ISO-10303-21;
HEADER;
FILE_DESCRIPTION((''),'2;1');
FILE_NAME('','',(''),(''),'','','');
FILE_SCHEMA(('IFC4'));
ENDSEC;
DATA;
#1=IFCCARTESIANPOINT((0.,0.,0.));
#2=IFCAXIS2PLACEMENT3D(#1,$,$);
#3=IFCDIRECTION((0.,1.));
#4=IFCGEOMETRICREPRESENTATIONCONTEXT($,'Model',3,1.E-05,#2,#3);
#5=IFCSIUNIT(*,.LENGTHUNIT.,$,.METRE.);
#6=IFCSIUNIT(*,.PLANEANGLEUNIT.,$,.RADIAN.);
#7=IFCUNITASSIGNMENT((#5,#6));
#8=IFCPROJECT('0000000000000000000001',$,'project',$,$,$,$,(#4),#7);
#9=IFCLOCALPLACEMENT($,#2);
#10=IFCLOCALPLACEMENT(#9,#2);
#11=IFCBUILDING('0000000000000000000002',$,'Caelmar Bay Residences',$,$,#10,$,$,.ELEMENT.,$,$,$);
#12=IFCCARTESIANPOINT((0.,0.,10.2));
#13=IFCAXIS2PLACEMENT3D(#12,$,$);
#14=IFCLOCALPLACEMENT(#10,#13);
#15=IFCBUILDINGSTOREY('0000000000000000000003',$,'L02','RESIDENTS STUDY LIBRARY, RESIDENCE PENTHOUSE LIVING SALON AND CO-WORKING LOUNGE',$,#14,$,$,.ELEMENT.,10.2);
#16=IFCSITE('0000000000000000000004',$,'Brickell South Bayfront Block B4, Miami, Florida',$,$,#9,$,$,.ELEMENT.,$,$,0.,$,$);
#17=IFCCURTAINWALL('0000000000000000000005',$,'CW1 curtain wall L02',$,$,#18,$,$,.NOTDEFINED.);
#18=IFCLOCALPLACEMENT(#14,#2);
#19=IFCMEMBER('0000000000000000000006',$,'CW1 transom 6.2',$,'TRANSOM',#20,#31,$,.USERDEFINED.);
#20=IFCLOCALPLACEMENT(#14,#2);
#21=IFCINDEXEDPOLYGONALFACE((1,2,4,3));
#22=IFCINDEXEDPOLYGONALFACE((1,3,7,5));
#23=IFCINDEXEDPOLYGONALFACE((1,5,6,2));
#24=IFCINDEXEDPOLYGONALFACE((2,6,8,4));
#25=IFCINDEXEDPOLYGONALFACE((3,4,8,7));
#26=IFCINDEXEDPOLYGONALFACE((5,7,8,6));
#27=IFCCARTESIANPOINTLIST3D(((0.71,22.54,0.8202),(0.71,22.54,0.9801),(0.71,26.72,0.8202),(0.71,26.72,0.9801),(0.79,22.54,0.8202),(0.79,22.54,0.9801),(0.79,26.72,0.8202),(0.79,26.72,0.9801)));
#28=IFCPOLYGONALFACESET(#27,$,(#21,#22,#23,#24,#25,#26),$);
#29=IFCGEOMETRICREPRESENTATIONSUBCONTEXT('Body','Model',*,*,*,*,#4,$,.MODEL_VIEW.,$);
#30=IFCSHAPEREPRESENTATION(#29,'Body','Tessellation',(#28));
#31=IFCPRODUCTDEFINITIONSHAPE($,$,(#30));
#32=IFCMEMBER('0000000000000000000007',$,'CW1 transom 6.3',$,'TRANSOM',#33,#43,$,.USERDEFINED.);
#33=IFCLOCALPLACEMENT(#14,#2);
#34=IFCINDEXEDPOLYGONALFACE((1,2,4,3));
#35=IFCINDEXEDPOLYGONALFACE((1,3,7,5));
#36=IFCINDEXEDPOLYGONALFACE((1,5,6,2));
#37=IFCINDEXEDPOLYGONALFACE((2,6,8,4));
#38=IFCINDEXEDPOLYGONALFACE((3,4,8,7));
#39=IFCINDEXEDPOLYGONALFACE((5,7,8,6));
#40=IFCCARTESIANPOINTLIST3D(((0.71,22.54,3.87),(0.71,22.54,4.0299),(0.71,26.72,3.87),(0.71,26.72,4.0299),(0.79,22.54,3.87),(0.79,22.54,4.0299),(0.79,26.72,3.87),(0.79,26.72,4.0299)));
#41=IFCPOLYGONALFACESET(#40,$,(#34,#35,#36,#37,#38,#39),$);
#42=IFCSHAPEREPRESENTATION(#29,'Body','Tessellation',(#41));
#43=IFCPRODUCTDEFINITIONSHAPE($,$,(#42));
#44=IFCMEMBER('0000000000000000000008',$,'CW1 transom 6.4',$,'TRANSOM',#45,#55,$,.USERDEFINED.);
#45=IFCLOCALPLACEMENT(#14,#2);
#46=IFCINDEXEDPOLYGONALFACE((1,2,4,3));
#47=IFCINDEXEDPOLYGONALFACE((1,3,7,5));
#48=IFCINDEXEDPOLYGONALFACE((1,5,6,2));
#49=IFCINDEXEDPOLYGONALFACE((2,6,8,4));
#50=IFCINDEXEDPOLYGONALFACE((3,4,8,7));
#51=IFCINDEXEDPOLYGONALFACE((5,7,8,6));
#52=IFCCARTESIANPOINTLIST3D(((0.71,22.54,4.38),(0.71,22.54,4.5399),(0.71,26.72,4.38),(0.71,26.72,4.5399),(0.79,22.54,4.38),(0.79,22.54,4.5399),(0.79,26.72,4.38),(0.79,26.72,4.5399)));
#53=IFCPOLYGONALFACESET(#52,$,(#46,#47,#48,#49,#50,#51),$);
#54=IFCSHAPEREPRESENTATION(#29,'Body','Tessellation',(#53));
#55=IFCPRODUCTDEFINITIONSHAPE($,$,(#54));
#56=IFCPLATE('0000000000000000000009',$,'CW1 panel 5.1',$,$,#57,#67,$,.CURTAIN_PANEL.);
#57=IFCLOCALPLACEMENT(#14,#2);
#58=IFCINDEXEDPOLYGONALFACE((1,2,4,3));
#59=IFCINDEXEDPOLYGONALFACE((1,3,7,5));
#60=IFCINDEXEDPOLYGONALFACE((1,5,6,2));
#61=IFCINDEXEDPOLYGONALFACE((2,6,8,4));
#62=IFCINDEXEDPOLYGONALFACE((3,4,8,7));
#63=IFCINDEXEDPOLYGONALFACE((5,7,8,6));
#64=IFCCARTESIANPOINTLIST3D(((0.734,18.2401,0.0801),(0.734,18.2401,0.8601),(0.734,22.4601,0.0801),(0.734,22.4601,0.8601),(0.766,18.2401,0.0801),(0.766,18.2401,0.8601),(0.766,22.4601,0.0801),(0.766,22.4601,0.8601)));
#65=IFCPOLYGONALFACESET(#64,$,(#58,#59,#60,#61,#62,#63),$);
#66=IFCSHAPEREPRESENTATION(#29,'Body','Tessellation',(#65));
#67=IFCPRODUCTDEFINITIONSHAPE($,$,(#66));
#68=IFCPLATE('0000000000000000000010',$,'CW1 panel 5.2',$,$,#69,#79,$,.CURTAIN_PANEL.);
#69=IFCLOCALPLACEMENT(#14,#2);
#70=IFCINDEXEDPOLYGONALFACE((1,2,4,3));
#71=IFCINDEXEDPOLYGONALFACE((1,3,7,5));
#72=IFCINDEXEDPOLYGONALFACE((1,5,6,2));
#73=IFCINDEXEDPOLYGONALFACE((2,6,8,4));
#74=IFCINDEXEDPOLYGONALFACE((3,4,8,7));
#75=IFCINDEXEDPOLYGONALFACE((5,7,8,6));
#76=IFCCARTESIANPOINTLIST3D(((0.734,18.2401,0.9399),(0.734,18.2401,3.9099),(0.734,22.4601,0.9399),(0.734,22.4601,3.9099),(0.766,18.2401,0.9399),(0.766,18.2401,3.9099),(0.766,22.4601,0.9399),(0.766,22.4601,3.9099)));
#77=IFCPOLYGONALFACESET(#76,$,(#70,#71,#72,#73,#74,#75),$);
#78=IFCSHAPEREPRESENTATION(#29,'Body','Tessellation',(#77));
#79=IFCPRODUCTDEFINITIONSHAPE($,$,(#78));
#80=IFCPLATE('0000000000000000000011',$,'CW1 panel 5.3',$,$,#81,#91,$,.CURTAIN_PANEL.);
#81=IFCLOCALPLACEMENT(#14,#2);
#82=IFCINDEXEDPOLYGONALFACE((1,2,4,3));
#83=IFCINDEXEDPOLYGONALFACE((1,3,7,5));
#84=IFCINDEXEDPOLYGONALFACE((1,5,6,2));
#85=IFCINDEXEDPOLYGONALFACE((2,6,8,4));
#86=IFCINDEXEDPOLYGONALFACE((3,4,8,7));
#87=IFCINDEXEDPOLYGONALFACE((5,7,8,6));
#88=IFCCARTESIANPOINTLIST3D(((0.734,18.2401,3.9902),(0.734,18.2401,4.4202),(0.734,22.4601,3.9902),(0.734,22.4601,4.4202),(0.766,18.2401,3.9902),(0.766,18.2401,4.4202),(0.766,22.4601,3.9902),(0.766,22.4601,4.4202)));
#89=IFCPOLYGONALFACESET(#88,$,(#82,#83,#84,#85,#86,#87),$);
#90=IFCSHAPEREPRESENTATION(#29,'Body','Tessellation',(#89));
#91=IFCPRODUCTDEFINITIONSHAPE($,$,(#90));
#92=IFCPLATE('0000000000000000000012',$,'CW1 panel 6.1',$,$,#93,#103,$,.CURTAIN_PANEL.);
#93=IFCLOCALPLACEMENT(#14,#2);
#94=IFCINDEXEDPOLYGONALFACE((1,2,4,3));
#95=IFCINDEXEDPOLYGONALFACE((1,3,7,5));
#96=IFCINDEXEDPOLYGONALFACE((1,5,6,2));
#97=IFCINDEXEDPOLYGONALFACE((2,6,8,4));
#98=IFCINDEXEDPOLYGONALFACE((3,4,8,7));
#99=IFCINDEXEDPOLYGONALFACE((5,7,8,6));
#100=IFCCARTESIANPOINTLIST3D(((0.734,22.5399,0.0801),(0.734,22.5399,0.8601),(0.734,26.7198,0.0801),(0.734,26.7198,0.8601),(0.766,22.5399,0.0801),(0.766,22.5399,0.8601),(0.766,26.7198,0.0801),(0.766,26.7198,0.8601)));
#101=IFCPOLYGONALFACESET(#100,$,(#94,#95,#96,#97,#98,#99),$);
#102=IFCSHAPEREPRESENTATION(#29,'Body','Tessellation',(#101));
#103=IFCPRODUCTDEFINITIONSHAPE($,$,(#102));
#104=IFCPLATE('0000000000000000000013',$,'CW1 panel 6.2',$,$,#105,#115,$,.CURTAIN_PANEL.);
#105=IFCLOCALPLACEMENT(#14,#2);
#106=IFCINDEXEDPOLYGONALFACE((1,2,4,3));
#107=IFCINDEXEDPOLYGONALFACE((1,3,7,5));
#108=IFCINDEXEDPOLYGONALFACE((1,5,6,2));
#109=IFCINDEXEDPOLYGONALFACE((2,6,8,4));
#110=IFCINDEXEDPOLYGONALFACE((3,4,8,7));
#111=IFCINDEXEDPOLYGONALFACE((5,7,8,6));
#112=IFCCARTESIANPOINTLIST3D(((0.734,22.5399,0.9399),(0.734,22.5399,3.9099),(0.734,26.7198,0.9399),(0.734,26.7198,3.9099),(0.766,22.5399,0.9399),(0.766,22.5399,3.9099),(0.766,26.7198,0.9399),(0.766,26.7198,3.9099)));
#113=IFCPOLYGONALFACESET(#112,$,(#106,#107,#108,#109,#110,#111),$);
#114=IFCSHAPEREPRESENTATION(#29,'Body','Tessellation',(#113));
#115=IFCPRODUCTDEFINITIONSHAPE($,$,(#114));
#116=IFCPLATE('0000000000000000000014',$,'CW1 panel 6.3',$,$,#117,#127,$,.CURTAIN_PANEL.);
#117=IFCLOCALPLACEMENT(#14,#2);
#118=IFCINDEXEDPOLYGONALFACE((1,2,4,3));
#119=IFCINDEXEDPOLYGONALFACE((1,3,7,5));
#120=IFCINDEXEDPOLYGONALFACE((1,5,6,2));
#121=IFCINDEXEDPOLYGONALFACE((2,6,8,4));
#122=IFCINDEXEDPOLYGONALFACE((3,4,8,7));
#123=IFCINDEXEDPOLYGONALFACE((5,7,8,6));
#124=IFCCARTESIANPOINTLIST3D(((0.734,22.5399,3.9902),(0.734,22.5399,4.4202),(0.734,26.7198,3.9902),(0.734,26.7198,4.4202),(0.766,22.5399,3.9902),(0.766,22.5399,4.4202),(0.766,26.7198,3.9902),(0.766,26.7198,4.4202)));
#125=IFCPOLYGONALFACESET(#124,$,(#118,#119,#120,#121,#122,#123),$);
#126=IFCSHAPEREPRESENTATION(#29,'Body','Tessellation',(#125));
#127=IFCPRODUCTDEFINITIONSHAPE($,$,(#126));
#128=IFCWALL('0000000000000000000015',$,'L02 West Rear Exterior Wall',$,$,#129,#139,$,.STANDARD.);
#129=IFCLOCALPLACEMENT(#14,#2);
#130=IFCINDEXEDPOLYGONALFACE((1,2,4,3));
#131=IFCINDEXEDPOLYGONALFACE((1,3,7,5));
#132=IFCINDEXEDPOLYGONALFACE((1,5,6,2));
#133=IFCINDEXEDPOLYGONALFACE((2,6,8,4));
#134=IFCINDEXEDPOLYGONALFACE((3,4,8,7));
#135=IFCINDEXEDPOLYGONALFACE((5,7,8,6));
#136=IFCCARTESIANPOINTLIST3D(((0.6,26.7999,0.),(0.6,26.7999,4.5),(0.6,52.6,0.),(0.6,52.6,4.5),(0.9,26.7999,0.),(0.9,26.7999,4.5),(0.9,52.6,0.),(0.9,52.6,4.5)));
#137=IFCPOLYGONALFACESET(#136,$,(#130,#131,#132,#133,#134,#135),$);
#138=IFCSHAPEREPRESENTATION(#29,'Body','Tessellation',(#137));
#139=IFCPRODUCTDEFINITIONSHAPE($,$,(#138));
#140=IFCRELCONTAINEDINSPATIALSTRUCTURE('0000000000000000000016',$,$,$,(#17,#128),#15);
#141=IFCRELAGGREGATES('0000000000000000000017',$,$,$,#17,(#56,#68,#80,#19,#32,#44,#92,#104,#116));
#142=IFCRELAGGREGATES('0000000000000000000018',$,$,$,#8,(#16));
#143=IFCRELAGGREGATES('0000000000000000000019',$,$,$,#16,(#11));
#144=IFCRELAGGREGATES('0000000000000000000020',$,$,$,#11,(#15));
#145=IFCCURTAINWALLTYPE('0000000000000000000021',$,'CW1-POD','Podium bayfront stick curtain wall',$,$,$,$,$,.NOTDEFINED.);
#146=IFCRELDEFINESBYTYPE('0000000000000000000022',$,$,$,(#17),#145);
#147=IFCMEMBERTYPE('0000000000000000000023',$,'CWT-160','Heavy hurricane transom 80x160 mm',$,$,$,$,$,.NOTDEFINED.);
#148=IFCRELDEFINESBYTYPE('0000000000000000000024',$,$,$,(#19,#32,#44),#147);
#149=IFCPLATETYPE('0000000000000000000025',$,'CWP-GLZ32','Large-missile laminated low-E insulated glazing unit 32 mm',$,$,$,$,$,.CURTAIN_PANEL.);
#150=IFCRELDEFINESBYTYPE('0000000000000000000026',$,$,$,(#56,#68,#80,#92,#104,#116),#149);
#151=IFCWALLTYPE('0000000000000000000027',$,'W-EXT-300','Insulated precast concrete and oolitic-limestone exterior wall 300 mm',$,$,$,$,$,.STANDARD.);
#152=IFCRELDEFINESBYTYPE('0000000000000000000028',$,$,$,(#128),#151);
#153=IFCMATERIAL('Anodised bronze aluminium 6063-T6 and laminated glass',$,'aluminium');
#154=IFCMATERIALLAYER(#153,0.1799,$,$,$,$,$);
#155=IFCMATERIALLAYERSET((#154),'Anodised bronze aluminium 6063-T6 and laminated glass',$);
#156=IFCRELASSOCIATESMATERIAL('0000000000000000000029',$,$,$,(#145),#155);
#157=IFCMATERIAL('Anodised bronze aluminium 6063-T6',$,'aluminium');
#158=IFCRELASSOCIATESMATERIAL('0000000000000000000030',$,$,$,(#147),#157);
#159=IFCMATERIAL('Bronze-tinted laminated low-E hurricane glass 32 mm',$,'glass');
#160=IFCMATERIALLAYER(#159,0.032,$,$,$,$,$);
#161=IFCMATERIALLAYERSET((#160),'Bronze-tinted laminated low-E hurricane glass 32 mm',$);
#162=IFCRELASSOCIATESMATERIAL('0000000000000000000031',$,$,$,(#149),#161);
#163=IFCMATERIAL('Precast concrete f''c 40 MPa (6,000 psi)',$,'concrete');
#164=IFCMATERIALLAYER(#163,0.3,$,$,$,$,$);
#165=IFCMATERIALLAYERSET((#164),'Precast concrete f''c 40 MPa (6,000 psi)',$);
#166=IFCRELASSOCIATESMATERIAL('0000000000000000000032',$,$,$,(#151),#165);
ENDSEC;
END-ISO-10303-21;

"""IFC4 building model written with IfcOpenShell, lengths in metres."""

from ifc_helpers import new_model, si_unit, direction, frame, frame_2d, origin, origin_2d, place, context, subcontext, project, spatial, rectangle, extrude, material, layer, layer_set, material_profile, profile_set, type_object, element, aggregate, save


model = new_model("IFC4")

# Units and contexts
model_context = context("Model", 3, precision=1e-05, world=origin(), true_north=direction((0.0, 1.0)))
body_context = subcontext(model_context, "Body", "Model", "MODEL_VIEW")
ifc_project = project(units=[si_unit("LENGTHUNIT", "METRE"), si_unit("PLANEANGLEUNIT", "RADIAN")], contexts=[model_context])

# Site, building, storey
site_placement = place(None, origin())
site = spatial("IfcSite", under=ifc_project, at=site_placement, Name="Brickell South Bayfront Block B4, Miami, Florida", CompositionType="ELEMENT", RefElevation=0.0)
building_placement = place(site_placement, origin())
building = spatial("IfcBuilding", under=site, at=building_placement, Name="Caelmar Bay Residences", CompositionType="ELEMENT")
storey_placement = place(building_placement, frame((0.0, 0.0, 10.2)))
storey = spatial("IfcBuildingStorey", under=building, at=storey_placement, Name="L02", Description="RESIDENTS STUDY LIBRARY, RESIDENCE PENTHOUSE LIVING SALON AND CO-WORKING LOUNGE", CompositionType="ELEMENT", Elevation=10.2)

# Curtain wall, members, plates
ifc_material_1 = material(Name="Anodised bronze aluminium 6063-T6 and laminated glass", Category="aluminium")
ifc_layer_1 = layer(ifc_material_1, 0.1799)
ifc_layer_set_1 = layer_set([ifc_layer_1], Name="Anodised bronze aluminium 6063-T6 and laminated glass")
curtain_wall_type = type_object("IfcCurtainWallType", Name="CW1-POD", Description="Podium bayfront stick curtain wall", PredefinedType="NOTDEFINED", material=ifc_layer_set_1)
curtain_wall_placement = place(storey_placement, origin())
curtain_wall = element("IfcCurtainWall", 1, at=curtain_wall_placement, inside=storey, type_object=curtain_wall_type, Name="CW1 curtain wall L02", PredefinedType="NOTDEFINED")
ifc_material_2 = material(Name="Anodised bronze aluminium 6063-T6", Category="aluminium")
ifc_material_profile_1 = material_profile(ifc_material_2, rectangle(XDim=0.0801, YDim=0.1599, at=origin_2d()), Name="CWT-80X160")
ifc_profile_set_1 = profile_set([ifc_material_profile_1], Name="Anodised bronze aluminium 6063-T6")
member_type_1 = type_object("IfcMemberType", Name="CWT-160", Description="Heavy hurricane transom 80x160 mm", PredefinedType="NOTDEFINED", material=ifc_profile_set_1)
member_1_placement = place(storey_placement, frame((0.75, 22.54, 0.9001), z_axis=(0.0, 1.0, 0.0), x_axis=(-1.0, 0.0, 0.0)))
member_1 = element("IfcMember", 2, at=member_1_placement, type_object=member_type_1, Name="CW1 transom 6.2", ObjectType="TRANSOM", PredefinedType="USERDEFINED", context=body_context, shape_type="SweptSolid", body=[
    extrude(rectangle(XDim=0.0801, YDim=0.1599, at=origin_2d()), origin(), (0.0, 0.0, 1.0), 4.1799),
])
member_2_placement = place(storey_placement, frame((0.75, 22.54, 3.95), z_axis=(0.0, 1.0, 0.0), x_axis=(-1.0, 0.0, 0.0)))
member_2 = element("IfcMember", 3, at=member_2_placement, type_object=member_type_1, Name="CW1 transom 6.3", ObjectType="TRANSOM", PredefinedType="USERDEFINED", context=body_context, shape_type="SweptSolid", body=[
    extrude(rectangle(XDim=0.0801, YDim=0.1599, at=origin_2d()), origin(), (0.0, 0.0, 1.0), 4.1799),
])
member_3_placement = place(storey_placement, frame((0.75, 22.54, 4.46), z_axis=(0.0, 1.0, 0.0), x_axis=(-1.0, 0.0, 0.0)))
member_3 = element("IfcMember", 4, at=member_3_placement, type_object=member_type_1, Name="CW1 transom 6.4", ObjectType="TRANSOM", PredefinedType="USERDEFINED", context=body_context, shape_type="SweptSolid", body=[
    extrude(rectangle(XDim=0.0801, YDim=0.1599, at=origin_2d()), origin(), (0.0, 0.0, 1.0), 4.1799),
])
ifc_material_3 = material(Name="Bronze-tinted laminated low-E hurricane glass 32 mm", Category="glass")
ifc_layer_2 = layer(ifc_material_3, 0.032)
ifc_layer_set_2 = layer_set([ifc_layer_2], Name="Bronze-tinted laminated low-E hurricane glass 32 mm")
plate_type = type_object("IfcPlateType", Name="CWP-GLZ32", Description="Large-missile laminated low-E insulated glazing unit 32 mm", PredefinedType="CURTAIN_PANEL", material=ifc_layer_set_2)
plate_1_placement = place(storey_placement, frame((0.75, 20.3501, 0.0801), z_axis=(0.0, 0.0, 1.0), x_axis=(0.0, 1.0, 0.0)))
plate_1 = element("IfcPlate", 5, at=plate_1_placement, type_object=plate_type, Name="CW1 panel 5.1", PredefinedType="CURTAIN_PANEL", context=body_context, shape_type="SweptSolid", body=[
    extrude(rectangle(XDim=4.22, YDim=0.032, at=origin_2d()), origin(), (0.0, 0.0, 1.0), 0.78),
])
plate_2_placement = place(storey_placement, frame((0.75, 20.3501, 0.9399), z_axis=(0.0, 0.0, 1.0), x_axis=(0.0, 1.0, 0.0)))
plate_2 = element("IfcPlate", 6, at=plate_2_placement, type_object=plate_type, Name="CW1 panel 5.2", PredefinedType="CURTAIN_PANEL", context=body_context, shape_type="SweptSolid", body=[
    extrude(rectangle(XDim=4.22, YDim=0.032, at=origin_2d()), origin(), (0.0, 0.0, 1.0), 2.97),
])
plate_3_placement = place(storey_placement, frame((0.75, 20.3501, 3.9902), z_axis=(0.0, 0.0, 1.0), x_axis=(0.0, 1.0, 0.0)))
plate_3 = element("IfcPlate", 7, at=plate_3_placement, type_object=plate_type, Name="CW1 panel 5.3", PredefinedType="CURTAIN_PANEL", context=body_context, shape_type="SweptSolid", body=[
    extrude(rectangle(XDim=4.22, YDim=0.032, at=origin_2d()), origin(), (0.0, 0.0, 1.0), 0.4299),
])
plate_4_placement = place(storey_placement, frame((0.75, 24.6299, 0.0801), z_axis=(0.0, 0.0, 1.0), x_axis=(0.0, 1.0, 0.0)))
plate_4 = element("IfcPlate", 8, at=plate_4_placement, type_object=plate_type, Name="CW1 panel 6.1", PredefinedType="CURTAIN_PANEL", context=body_context, shape_type="SweptSolid", body=[
    extrude(rectangle(XDim=4.1799, YDim=0.032, at=origin_2d()), origin(), (0.0, 0.0, 1.0), 0.78),
])
plate_5_placement = place(storey_placement, frame((0.75, 24.6299, 0.9399), z_axis=(0.0, 0.0, 1.0), x_axis=(0.0, 1.0, 0.0)))
plate_5 = element("IfcPlate", 9, at=plate_5_placement, type_object=plate_type, Name="CW1 panel 6.2", PredefinedType="CURTAIN_PANEL", context=body_context, shape_type="SweptSolid", body=[
    extrude(rectangle(XDim=4.1799, YDim=0.032, at=origin_2d()), origin(), (0.0, 0.0, 1.0), 2.97),
])
plate_6_placement = place(storey_placement, frame((0.75, 24.6299, 3.9902), z_axis=(0.0, 0.0, 1.0), x_axis=(0.0, 1.0, 0.0)))
plate_6 = element("IfcPlate", 10, at=plate_6_placement, type_object=plate_type, Name="CW1 panel 6.3", PredefinedType="CURTAIN_PANEL", context=body_context, shape_type="SweptSolid", body=[
    extrude(rectangle(XDim=4.1799, YDim=0.032, at=origin_2d()), origin(), (0.0, 0.0, 1.0), 0.4299),
])
aggregate(curtain_wall, [plate_1, plate_2, plate_3, member_1, member_2, member_3, plate_4, plate_5, plate_6])

# Wall
ifc_material_4 = material(Name="Precast concrete f'c 40 MPa (6,000 psi)", Category="concrete")
ifc_layer_3 = layer(ifc_material_4, 0.3)
ifc_layer_set_3 = layer_set([ifc_layer_3], Name="Precast concrete f'c 40 MPa (6,000 psi)")
wall_type = type_object("IfcWallType", Name="W-EXT-300", Description="Insulated precast concrete and oolitic-limestone exterior wall 300 mm", PredefinedType="STANDARD", material=ifc_layer_set_3)
wall_placement = place(storey_placement, frame((0.75, 26.8, 0.0), z_axis=(0.0, 0.0, 1.0), x_axis=(0.0, 1.0, 0.0)))
element("IfcWall", 11, at=wall_placement, inside=storey, type_object=wall_type, Name="L02 West Rear Exterior Wall", PredefinedType="STANDARD", context=body_context, shape_type="SweptSolid", body=[
    extrude(rectangle(XDim=25.8, YDim=0.3, at=frame_2d((12.8999, 0.0))), origin(), (0.0, 0.0, 1.0), 4.5),
])

save(model, "model.ifc")
